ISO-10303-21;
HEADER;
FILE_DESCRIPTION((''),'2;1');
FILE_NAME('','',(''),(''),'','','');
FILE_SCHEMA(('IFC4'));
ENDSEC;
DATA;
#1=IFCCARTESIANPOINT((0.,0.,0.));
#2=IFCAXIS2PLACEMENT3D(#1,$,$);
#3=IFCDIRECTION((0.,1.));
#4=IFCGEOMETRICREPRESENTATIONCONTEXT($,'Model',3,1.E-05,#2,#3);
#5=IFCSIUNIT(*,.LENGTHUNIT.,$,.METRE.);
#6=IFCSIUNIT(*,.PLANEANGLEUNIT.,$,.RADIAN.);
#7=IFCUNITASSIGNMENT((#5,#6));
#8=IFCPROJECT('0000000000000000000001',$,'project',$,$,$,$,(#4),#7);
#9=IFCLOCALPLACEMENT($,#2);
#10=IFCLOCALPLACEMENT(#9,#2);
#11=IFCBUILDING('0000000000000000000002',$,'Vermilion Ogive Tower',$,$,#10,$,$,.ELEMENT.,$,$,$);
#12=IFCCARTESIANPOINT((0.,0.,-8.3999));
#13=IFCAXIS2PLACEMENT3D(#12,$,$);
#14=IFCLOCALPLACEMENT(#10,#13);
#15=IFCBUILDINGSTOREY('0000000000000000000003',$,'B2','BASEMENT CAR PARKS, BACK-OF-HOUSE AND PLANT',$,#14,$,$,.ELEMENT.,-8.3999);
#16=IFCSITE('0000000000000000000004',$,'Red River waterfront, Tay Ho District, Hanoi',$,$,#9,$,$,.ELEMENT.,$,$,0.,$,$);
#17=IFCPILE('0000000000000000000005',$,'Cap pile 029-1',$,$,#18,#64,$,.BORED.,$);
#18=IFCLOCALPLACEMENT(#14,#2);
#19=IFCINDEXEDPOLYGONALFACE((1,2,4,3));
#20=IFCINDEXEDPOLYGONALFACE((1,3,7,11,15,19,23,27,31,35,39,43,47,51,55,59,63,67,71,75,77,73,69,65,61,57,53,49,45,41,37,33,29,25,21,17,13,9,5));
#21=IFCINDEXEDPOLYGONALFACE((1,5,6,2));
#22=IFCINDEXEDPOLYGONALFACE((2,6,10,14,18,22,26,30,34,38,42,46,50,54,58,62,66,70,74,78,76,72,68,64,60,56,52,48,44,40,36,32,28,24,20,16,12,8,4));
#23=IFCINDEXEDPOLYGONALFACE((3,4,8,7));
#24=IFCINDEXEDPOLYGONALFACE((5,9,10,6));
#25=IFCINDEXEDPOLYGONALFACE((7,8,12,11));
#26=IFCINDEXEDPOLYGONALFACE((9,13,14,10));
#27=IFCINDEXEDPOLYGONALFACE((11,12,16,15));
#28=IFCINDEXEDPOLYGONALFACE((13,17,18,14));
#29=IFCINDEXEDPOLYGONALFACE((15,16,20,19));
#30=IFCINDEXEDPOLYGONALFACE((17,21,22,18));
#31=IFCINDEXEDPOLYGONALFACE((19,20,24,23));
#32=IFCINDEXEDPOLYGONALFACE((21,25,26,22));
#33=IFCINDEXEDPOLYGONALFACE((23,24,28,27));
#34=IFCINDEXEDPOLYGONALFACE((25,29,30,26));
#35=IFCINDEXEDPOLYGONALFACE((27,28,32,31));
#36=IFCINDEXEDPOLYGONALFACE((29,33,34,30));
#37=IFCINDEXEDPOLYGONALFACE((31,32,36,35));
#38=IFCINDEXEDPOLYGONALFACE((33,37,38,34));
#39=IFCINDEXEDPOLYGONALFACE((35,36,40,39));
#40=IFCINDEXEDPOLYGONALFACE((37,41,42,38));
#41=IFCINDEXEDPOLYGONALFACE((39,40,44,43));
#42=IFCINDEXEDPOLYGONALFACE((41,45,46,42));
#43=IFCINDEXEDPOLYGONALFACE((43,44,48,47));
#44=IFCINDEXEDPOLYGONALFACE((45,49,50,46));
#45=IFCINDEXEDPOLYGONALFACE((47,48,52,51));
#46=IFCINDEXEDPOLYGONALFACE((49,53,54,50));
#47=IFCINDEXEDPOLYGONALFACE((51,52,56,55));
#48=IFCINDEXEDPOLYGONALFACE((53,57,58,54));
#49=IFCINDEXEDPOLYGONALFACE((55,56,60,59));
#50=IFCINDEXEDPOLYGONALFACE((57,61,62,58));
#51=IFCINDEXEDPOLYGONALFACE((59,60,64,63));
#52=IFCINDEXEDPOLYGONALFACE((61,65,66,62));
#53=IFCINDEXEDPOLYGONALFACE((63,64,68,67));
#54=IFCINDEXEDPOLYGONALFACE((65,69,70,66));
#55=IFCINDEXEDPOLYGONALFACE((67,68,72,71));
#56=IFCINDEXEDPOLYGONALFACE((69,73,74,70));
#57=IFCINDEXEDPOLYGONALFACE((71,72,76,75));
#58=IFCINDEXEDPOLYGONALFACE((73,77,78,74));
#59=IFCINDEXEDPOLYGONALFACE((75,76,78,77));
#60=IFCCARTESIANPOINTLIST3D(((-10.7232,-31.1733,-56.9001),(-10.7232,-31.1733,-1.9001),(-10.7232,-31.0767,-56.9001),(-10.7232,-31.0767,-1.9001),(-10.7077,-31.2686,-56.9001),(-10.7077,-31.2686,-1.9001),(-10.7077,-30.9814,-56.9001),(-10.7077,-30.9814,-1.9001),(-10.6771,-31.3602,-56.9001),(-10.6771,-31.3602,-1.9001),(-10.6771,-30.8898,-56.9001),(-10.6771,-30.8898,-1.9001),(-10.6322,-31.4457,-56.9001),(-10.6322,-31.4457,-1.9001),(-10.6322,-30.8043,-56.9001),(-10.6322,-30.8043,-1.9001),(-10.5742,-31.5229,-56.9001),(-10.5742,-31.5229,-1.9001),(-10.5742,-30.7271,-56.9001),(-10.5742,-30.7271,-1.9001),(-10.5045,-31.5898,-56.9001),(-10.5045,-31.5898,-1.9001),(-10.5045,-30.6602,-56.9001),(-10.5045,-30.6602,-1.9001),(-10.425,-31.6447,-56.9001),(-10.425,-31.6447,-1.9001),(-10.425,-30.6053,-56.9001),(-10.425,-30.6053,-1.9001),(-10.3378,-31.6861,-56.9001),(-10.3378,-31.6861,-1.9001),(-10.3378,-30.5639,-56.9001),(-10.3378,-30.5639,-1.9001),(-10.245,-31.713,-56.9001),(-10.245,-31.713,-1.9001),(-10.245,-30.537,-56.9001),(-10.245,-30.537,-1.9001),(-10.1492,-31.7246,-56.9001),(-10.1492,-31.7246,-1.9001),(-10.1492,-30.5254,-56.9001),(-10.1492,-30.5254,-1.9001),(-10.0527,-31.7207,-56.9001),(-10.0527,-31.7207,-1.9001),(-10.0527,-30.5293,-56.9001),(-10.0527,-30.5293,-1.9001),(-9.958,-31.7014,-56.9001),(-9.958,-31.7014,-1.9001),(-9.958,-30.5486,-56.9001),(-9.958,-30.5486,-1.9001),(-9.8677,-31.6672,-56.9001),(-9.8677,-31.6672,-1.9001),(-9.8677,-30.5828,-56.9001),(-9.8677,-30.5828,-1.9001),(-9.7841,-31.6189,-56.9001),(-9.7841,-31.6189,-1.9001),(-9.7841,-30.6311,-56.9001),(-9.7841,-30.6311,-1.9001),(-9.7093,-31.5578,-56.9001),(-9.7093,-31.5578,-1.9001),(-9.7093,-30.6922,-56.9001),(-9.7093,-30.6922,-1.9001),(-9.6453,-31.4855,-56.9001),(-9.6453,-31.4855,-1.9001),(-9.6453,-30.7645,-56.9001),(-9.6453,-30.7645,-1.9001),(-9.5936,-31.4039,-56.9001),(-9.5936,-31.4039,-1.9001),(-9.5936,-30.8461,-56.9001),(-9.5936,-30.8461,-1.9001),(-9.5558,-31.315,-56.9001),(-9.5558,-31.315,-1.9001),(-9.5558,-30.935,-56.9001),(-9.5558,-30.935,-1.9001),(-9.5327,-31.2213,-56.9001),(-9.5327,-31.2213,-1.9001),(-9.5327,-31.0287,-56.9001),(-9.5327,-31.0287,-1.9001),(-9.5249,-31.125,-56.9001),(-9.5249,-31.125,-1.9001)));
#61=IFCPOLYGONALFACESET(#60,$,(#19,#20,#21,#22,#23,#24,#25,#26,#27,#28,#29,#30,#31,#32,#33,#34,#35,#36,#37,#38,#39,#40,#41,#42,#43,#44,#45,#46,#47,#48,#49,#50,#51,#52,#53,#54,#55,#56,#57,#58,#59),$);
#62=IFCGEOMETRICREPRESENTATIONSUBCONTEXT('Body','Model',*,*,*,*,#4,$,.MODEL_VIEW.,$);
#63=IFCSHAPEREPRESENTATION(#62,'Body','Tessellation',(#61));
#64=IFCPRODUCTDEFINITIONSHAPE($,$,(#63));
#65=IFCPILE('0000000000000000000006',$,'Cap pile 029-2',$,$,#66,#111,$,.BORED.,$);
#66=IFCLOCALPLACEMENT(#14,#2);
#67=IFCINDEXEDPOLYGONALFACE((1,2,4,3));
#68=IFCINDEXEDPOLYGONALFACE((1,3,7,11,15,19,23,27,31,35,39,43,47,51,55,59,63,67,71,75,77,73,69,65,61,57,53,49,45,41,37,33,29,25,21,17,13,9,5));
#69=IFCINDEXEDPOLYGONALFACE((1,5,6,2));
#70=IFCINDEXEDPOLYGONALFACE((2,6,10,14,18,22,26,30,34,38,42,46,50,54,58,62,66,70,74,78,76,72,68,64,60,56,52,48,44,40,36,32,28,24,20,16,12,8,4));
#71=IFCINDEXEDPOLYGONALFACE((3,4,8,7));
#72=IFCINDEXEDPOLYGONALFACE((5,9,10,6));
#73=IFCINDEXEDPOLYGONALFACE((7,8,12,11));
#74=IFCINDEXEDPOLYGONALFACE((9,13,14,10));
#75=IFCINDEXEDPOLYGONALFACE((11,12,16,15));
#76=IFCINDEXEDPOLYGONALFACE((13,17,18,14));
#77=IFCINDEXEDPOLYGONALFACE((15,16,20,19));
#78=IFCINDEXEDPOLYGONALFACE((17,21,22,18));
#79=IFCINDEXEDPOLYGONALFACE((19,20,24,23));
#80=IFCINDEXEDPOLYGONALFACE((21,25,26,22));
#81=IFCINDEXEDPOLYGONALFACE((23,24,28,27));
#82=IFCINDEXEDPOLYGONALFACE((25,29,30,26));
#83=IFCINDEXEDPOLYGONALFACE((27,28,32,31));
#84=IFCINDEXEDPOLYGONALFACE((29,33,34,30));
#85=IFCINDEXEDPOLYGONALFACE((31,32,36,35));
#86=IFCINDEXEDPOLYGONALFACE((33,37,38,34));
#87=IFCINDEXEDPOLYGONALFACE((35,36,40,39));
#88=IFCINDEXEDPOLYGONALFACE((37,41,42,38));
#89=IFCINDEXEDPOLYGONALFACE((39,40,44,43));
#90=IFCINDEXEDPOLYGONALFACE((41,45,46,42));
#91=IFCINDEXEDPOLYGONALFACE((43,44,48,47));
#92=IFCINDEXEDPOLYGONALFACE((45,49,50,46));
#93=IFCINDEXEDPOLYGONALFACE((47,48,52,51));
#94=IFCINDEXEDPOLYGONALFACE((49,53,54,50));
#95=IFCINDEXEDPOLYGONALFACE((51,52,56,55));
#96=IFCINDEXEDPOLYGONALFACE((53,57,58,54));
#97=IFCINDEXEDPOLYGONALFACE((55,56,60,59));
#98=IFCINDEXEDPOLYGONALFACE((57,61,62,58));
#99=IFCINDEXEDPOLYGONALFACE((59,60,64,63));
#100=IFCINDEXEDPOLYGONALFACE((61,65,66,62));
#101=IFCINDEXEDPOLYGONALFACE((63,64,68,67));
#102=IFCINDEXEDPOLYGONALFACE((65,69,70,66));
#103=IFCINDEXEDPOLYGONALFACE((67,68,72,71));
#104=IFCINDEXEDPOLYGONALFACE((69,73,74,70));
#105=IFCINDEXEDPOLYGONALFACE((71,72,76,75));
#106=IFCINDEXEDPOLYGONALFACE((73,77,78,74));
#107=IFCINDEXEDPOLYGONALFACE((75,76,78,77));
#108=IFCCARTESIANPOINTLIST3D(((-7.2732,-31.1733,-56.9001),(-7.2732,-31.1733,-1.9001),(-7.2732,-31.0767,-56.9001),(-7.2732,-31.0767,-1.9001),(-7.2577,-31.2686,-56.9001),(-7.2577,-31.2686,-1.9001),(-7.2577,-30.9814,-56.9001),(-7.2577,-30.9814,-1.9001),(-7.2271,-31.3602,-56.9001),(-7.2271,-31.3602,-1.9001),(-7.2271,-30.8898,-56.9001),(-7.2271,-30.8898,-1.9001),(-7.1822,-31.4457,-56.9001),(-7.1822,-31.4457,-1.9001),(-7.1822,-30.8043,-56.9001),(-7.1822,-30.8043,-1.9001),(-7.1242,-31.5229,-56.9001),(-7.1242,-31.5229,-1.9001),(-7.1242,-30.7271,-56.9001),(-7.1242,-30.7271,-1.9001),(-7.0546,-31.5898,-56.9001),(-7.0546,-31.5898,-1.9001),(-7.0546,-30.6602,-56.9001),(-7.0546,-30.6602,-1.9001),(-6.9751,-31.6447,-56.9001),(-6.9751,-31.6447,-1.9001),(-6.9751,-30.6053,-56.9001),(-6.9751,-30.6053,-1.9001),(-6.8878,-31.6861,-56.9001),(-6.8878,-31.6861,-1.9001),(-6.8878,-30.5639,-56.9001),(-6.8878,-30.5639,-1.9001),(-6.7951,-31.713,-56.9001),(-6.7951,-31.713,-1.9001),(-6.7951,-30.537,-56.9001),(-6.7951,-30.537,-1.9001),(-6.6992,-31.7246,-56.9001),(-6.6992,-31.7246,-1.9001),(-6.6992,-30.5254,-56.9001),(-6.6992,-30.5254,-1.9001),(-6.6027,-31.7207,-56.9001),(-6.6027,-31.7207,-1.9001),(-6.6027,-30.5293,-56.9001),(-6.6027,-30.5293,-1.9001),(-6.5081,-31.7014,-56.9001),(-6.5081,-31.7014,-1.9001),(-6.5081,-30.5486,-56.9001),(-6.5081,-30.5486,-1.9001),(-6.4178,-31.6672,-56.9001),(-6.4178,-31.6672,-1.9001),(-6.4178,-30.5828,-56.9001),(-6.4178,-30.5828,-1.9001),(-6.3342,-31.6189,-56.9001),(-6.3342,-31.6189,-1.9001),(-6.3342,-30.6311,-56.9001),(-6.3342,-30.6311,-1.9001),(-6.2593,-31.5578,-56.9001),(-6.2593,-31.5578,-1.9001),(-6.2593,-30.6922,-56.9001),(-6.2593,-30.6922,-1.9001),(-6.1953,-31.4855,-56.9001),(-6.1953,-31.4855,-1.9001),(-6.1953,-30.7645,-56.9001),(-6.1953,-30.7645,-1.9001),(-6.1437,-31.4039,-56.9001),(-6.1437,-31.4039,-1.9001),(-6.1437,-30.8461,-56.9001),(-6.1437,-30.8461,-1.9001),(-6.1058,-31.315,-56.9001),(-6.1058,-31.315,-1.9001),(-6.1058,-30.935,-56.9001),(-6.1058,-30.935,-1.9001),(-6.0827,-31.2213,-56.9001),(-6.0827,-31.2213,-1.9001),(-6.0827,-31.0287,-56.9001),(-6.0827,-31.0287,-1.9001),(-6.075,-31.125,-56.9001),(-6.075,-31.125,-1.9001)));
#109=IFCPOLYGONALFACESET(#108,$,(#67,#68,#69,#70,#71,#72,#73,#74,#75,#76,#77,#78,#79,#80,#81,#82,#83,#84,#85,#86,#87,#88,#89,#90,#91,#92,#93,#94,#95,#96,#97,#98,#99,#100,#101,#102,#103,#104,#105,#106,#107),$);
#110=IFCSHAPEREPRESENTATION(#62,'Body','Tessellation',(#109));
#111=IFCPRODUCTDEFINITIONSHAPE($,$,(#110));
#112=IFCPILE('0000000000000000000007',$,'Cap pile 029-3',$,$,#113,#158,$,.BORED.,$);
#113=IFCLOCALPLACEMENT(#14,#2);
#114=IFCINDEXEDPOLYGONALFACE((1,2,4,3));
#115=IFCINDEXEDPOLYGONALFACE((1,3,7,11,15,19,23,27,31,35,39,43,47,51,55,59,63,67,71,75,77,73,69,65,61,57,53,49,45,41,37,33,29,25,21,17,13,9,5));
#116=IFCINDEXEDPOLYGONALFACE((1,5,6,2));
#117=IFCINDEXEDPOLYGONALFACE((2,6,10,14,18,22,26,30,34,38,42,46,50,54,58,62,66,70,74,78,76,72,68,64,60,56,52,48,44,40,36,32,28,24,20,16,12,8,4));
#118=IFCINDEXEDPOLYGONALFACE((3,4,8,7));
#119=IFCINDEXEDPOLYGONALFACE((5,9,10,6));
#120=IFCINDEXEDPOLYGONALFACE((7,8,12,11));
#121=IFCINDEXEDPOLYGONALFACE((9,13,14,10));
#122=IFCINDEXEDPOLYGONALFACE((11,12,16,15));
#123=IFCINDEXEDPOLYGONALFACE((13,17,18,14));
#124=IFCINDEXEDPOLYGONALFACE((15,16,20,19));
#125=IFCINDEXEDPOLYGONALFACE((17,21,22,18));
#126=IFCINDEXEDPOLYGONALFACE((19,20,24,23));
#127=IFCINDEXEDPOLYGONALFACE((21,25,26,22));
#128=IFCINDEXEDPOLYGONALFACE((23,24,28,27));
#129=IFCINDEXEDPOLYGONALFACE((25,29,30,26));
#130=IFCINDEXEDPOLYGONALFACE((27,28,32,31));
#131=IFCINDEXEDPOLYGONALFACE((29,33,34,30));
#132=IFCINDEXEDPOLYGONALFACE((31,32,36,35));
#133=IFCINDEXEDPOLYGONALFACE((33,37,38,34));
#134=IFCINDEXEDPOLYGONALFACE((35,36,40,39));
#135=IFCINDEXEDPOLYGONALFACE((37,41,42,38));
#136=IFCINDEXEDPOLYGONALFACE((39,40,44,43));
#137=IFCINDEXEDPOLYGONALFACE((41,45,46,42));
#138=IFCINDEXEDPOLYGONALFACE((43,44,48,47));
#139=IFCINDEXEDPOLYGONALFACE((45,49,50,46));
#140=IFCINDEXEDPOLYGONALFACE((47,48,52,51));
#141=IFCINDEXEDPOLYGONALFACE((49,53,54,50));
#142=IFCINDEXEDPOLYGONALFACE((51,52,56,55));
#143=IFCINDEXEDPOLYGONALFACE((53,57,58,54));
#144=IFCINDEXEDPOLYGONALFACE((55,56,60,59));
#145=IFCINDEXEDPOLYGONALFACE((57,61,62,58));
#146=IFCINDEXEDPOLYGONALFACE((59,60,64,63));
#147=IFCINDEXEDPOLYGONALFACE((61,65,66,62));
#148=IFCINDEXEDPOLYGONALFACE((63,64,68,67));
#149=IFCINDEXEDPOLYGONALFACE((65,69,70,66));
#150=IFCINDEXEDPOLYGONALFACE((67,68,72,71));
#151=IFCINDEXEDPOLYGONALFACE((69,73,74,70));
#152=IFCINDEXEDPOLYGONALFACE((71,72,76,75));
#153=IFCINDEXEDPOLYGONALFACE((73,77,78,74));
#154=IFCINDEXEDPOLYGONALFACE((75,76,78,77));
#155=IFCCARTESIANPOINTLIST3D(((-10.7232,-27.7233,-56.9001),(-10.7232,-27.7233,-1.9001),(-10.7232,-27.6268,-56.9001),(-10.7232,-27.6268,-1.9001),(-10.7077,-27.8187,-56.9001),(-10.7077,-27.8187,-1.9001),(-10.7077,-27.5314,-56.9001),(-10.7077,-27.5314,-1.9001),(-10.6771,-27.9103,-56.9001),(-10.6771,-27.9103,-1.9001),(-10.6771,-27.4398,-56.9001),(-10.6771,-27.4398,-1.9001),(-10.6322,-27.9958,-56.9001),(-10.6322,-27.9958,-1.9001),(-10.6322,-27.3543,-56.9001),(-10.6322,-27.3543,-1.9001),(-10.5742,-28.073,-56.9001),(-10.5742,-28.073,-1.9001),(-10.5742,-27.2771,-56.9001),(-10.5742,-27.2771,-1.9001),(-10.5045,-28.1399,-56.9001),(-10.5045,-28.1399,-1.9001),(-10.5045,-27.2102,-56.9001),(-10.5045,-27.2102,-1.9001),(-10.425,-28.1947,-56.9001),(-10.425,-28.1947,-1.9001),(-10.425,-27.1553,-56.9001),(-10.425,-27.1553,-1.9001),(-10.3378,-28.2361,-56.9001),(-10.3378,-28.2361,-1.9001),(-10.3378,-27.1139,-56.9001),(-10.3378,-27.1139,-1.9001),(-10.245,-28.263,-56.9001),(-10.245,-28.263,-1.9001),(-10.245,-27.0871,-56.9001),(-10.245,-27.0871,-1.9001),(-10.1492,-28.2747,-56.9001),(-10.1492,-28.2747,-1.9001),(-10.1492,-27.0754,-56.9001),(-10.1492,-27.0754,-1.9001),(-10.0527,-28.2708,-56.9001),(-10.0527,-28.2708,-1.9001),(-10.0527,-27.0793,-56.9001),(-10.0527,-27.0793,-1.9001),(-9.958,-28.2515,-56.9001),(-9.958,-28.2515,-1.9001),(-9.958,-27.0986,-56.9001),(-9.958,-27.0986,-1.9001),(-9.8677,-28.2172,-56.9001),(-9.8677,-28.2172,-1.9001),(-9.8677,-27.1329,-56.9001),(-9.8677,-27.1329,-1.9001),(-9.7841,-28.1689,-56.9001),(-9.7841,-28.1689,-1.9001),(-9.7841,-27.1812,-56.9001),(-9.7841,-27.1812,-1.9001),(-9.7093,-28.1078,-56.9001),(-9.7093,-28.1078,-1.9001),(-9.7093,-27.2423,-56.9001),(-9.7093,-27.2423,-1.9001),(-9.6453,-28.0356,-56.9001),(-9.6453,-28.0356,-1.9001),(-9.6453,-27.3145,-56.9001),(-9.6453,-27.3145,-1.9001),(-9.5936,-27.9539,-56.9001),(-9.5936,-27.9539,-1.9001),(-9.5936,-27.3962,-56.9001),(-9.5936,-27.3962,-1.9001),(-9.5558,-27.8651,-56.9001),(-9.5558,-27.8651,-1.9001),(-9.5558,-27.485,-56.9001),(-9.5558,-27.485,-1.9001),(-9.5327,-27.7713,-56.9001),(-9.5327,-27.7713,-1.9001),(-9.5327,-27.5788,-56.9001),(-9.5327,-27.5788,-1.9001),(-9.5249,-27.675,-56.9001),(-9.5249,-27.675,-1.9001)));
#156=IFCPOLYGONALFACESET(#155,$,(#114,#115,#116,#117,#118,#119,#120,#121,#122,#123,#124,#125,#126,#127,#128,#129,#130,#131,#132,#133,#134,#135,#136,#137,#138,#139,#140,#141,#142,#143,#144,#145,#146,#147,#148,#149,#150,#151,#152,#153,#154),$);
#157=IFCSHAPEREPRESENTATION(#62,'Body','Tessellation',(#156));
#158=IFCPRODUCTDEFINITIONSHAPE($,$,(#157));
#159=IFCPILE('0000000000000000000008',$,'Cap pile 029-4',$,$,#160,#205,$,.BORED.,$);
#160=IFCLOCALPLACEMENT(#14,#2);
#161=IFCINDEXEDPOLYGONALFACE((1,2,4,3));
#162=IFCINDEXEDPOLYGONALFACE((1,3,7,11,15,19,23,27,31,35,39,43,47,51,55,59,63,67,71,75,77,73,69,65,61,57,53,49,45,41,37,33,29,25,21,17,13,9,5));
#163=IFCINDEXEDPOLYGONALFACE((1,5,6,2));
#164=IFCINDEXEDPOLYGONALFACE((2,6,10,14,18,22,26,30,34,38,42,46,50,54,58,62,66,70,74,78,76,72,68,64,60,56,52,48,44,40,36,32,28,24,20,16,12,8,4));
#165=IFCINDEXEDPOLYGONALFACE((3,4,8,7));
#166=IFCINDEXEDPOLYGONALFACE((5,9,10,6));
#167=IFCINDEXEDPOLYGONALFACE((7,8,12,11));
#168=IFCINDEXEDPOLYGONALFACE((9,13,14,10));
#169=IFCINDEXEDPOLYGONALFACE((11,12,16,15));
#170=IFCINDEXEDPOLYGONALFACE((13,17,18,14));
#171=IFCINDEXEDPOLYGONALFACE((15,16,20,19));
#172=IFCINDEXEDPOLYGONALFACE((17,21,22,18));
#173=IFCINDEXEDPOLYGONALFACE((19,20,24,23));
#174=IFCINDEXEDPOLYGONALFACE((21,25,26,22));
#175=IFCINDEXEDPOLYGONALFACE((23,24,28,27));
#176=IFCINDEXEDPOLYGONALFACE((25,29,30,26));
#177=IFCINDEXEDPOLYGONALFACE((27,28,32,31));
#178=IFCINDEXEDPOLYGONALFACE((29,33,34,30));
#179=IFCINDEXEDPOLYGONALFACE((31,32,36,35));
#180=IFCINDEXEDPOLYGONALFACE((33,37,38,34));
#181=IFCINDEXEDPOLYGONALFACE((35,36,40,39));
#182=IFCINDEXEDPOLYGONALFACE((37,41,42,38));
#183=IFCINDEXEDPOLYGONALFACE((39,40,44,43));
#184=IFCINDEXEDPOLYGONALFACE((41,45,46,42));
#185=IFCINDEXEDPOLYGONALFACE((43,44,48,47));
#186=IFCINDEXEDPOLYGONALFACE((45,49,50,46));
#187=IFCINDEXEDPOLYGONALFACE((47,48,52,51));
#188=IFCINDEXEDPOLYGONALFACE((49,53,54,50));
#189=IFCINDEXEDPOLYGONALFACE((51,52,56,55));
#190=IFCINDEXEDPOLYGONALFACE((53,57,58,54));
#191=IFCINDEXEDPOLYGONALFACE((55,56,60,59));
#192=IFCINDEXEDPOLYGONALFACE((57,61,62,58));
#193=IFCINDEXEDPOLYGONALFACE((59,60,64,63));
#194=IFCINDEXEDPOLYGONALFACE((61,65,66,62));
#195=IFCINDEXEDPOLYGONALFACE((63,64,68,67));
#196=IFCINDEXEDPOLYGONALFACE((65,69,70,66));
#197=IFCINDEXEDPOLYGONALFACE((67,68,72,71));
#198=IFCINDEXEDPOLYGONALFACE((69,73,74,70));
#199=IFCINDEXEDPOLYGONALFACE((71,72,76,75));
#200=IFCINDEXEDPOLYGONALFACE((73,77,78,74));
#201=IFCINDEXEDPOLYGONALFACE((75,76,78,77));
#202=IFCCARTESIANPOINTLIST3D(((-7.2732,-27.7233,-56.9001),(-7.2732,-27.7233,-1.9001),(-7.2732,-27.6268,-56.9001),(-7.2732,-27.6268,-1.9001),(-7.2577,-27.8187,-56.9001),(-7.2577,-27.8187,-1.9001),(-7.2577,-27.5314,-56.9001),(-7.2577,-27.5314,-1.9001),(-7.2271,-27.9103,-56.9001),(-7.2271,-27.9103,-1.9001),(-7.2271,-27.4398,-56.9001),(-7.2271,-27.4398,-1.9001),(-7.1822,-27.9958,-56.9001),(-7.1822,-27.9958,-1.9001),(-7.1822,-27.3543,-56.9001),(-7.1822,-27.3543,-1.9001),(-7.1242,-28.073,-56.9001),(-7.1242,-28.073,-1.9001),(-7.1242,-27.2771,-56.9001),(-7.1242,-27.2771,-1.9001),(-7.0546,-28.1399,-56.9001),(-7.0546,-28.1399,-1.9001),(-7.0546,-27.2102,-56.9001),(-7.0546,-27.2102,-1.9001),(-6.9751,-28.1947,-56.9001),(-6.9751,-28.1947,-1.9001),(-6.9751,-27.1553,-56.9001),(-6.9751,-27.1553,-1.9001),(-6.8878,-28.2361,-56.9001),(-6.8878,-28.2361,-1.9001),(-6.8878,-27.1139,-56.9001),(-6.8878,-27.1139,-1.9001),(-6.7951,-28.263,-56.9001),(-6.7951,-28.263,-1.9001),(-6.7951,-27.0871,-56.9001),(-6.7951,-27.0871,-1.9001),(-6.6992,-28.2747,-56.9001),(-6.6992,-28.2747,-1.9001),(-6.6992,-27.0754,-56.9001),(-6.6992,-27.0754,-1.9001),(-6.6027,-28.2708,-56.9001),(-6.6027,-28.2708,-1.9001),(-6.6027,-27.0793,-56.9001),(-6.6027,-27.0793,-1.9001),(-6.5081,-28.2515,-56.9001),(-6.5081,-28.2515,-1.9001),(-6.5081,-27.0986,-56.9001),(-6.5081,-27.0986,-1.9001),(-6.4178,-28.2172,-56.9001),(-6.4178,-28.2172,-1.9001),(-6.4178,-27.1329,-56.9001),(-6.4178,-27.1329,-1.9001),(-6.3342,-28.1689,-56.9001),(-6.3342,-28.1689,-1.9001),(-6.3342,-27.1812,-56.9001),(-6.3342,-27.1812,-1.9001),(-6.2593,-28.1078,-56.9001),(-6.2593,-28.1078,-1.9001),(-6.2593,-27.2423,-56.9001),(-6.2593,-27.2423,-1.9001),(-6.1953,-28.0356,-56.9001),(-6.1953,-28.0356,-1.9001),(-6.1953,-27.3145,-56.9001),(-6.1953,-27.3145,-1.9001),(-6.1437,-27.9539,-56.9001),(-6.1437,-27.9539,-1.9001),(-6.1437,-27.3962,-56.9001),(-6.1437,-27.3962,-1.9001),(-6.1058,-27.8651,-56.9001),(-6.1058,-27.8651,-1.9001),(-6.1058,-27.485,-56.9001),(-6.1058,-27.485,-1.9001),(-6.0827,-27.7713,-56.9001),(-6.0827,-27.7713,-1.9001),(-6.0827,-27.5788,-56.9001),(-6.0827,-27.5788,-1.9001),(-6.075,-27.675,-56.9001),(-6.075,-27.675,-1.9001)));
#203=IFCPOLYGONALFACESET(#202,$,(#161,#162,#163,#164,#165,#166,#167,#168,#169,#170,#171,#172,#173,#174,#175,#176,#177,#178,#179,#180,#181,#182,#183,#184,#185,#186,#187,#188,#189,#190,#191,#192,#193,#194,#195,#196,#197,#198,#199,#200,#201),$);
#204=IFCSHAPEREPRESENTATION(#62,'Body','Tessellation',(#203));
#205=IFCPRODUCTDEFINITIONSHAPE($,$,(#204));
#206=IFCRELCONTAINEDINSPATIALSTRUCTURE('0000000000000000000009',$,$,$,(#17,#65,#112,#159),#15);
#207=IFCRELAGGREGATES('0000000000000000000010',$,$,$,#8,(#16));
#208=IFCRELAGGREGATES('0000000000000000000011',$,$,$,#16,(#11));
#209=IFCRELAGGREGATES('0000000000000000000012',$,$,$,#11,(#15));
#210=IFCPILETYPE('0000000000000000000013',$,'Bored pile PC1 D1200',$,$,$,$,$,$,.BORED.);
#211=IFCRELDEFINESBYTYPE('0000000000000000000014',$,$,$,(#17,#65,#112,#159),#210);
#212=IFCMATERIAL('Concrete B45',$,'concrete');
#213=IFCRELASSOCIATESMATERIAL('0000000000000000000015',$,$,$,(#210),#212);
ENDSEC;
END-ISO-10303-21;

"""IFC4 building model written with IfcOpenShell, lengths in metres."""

from ifc_helpers import new_model, si_unit, direction, frame, origin, origin_2d, place, context, subcontext, project, spatial, circle, extrude, material, type_object, element, save


model = new_model("IFC4")

# Units and contexts
model_context = context("Model", 3, precision=1e-05, world=origin(), true_north=direction((0.0, 1.0)))
body_context = subcontext(model_context, "Body", "Model", "MODEL_VIEW")
ifc_project = project(units=[si_unit("LENGTHUNIT", "METRE"), si_unit("PLANEANGLEUNIT", "RADIAN")], contexts=[model_context])

# Site, building, storey
site_placement = place(None, origin())
site = spatial("IfcSite", under=ifc_project, at=site_placement, Name="Red River waterfront, Tay Ho District, Hanoi", CompositionType="ELEMENT", RefElevation=0.0)
building_placement = place(site_placement, origin())
building = spatial("IfcBuilding", under=site, at=building_placement, Name="Vermilion Ogive Tower", CompositionType="ELEMENT")
storey_placement = place(building_placement, frame((0.0, 0.0, -8.3999)))
storey = spatial("IfcBuildingStorey", under=building, at=storey_placement, Name="B2", Description="BASEMENT CAR PARKS, BACK-OF-HOUSE AND PLANT", CompositionType="ELEMENT", Elevation=-8.3999)

# Piles
ifc_material_1 = material(Name="Concrete B45", Category="concrete")
pile_type_1 = type_object("IfcPileType", Name="Bored pile PC1 D1200", PredefinedType="BORED", material=ifc_material_1)
for number, where, z_axis, x_axis, name in (
    (1, (-10.125, -31.125, -1.9001), (0.0, 0.0, -1.0), (1.0, 0.0, 0.0), "Cap pile 029-1"),
    (2, (-6.675, -31.125, -1.9001), (0.0, 0.0, -1.0), (1.0, 0.0, 0.0), "Cap pile 029-2"),
    (3, (-10.125, -27.675, -1.9001), (0.0, 0.0, -1.0), (1.0, 0.0, 0.0), "Cap pile 029-3"),
    (4, (-6.675, -27.675, -1.9001), (0.0, 0.0, -1.0), (1.0, 0.0, 0.0), "Cap pile 029-4"),
):
    element("IfcPile", number, at=place(storey_placement, frame(where, z_axis=z_axis, x_axis=x_axis)), inside=storey, type_object=pile_type_1, Name=name, PredefinedType="BORED", context=body_context, shape_type="SweptSolid", body=[
        extrude(circle(Radius=0.6001, at=origin_2d()), origin(), (0.0, 0.0, 1.0), 55.0),
    ])

save(model, "model.ifc")
